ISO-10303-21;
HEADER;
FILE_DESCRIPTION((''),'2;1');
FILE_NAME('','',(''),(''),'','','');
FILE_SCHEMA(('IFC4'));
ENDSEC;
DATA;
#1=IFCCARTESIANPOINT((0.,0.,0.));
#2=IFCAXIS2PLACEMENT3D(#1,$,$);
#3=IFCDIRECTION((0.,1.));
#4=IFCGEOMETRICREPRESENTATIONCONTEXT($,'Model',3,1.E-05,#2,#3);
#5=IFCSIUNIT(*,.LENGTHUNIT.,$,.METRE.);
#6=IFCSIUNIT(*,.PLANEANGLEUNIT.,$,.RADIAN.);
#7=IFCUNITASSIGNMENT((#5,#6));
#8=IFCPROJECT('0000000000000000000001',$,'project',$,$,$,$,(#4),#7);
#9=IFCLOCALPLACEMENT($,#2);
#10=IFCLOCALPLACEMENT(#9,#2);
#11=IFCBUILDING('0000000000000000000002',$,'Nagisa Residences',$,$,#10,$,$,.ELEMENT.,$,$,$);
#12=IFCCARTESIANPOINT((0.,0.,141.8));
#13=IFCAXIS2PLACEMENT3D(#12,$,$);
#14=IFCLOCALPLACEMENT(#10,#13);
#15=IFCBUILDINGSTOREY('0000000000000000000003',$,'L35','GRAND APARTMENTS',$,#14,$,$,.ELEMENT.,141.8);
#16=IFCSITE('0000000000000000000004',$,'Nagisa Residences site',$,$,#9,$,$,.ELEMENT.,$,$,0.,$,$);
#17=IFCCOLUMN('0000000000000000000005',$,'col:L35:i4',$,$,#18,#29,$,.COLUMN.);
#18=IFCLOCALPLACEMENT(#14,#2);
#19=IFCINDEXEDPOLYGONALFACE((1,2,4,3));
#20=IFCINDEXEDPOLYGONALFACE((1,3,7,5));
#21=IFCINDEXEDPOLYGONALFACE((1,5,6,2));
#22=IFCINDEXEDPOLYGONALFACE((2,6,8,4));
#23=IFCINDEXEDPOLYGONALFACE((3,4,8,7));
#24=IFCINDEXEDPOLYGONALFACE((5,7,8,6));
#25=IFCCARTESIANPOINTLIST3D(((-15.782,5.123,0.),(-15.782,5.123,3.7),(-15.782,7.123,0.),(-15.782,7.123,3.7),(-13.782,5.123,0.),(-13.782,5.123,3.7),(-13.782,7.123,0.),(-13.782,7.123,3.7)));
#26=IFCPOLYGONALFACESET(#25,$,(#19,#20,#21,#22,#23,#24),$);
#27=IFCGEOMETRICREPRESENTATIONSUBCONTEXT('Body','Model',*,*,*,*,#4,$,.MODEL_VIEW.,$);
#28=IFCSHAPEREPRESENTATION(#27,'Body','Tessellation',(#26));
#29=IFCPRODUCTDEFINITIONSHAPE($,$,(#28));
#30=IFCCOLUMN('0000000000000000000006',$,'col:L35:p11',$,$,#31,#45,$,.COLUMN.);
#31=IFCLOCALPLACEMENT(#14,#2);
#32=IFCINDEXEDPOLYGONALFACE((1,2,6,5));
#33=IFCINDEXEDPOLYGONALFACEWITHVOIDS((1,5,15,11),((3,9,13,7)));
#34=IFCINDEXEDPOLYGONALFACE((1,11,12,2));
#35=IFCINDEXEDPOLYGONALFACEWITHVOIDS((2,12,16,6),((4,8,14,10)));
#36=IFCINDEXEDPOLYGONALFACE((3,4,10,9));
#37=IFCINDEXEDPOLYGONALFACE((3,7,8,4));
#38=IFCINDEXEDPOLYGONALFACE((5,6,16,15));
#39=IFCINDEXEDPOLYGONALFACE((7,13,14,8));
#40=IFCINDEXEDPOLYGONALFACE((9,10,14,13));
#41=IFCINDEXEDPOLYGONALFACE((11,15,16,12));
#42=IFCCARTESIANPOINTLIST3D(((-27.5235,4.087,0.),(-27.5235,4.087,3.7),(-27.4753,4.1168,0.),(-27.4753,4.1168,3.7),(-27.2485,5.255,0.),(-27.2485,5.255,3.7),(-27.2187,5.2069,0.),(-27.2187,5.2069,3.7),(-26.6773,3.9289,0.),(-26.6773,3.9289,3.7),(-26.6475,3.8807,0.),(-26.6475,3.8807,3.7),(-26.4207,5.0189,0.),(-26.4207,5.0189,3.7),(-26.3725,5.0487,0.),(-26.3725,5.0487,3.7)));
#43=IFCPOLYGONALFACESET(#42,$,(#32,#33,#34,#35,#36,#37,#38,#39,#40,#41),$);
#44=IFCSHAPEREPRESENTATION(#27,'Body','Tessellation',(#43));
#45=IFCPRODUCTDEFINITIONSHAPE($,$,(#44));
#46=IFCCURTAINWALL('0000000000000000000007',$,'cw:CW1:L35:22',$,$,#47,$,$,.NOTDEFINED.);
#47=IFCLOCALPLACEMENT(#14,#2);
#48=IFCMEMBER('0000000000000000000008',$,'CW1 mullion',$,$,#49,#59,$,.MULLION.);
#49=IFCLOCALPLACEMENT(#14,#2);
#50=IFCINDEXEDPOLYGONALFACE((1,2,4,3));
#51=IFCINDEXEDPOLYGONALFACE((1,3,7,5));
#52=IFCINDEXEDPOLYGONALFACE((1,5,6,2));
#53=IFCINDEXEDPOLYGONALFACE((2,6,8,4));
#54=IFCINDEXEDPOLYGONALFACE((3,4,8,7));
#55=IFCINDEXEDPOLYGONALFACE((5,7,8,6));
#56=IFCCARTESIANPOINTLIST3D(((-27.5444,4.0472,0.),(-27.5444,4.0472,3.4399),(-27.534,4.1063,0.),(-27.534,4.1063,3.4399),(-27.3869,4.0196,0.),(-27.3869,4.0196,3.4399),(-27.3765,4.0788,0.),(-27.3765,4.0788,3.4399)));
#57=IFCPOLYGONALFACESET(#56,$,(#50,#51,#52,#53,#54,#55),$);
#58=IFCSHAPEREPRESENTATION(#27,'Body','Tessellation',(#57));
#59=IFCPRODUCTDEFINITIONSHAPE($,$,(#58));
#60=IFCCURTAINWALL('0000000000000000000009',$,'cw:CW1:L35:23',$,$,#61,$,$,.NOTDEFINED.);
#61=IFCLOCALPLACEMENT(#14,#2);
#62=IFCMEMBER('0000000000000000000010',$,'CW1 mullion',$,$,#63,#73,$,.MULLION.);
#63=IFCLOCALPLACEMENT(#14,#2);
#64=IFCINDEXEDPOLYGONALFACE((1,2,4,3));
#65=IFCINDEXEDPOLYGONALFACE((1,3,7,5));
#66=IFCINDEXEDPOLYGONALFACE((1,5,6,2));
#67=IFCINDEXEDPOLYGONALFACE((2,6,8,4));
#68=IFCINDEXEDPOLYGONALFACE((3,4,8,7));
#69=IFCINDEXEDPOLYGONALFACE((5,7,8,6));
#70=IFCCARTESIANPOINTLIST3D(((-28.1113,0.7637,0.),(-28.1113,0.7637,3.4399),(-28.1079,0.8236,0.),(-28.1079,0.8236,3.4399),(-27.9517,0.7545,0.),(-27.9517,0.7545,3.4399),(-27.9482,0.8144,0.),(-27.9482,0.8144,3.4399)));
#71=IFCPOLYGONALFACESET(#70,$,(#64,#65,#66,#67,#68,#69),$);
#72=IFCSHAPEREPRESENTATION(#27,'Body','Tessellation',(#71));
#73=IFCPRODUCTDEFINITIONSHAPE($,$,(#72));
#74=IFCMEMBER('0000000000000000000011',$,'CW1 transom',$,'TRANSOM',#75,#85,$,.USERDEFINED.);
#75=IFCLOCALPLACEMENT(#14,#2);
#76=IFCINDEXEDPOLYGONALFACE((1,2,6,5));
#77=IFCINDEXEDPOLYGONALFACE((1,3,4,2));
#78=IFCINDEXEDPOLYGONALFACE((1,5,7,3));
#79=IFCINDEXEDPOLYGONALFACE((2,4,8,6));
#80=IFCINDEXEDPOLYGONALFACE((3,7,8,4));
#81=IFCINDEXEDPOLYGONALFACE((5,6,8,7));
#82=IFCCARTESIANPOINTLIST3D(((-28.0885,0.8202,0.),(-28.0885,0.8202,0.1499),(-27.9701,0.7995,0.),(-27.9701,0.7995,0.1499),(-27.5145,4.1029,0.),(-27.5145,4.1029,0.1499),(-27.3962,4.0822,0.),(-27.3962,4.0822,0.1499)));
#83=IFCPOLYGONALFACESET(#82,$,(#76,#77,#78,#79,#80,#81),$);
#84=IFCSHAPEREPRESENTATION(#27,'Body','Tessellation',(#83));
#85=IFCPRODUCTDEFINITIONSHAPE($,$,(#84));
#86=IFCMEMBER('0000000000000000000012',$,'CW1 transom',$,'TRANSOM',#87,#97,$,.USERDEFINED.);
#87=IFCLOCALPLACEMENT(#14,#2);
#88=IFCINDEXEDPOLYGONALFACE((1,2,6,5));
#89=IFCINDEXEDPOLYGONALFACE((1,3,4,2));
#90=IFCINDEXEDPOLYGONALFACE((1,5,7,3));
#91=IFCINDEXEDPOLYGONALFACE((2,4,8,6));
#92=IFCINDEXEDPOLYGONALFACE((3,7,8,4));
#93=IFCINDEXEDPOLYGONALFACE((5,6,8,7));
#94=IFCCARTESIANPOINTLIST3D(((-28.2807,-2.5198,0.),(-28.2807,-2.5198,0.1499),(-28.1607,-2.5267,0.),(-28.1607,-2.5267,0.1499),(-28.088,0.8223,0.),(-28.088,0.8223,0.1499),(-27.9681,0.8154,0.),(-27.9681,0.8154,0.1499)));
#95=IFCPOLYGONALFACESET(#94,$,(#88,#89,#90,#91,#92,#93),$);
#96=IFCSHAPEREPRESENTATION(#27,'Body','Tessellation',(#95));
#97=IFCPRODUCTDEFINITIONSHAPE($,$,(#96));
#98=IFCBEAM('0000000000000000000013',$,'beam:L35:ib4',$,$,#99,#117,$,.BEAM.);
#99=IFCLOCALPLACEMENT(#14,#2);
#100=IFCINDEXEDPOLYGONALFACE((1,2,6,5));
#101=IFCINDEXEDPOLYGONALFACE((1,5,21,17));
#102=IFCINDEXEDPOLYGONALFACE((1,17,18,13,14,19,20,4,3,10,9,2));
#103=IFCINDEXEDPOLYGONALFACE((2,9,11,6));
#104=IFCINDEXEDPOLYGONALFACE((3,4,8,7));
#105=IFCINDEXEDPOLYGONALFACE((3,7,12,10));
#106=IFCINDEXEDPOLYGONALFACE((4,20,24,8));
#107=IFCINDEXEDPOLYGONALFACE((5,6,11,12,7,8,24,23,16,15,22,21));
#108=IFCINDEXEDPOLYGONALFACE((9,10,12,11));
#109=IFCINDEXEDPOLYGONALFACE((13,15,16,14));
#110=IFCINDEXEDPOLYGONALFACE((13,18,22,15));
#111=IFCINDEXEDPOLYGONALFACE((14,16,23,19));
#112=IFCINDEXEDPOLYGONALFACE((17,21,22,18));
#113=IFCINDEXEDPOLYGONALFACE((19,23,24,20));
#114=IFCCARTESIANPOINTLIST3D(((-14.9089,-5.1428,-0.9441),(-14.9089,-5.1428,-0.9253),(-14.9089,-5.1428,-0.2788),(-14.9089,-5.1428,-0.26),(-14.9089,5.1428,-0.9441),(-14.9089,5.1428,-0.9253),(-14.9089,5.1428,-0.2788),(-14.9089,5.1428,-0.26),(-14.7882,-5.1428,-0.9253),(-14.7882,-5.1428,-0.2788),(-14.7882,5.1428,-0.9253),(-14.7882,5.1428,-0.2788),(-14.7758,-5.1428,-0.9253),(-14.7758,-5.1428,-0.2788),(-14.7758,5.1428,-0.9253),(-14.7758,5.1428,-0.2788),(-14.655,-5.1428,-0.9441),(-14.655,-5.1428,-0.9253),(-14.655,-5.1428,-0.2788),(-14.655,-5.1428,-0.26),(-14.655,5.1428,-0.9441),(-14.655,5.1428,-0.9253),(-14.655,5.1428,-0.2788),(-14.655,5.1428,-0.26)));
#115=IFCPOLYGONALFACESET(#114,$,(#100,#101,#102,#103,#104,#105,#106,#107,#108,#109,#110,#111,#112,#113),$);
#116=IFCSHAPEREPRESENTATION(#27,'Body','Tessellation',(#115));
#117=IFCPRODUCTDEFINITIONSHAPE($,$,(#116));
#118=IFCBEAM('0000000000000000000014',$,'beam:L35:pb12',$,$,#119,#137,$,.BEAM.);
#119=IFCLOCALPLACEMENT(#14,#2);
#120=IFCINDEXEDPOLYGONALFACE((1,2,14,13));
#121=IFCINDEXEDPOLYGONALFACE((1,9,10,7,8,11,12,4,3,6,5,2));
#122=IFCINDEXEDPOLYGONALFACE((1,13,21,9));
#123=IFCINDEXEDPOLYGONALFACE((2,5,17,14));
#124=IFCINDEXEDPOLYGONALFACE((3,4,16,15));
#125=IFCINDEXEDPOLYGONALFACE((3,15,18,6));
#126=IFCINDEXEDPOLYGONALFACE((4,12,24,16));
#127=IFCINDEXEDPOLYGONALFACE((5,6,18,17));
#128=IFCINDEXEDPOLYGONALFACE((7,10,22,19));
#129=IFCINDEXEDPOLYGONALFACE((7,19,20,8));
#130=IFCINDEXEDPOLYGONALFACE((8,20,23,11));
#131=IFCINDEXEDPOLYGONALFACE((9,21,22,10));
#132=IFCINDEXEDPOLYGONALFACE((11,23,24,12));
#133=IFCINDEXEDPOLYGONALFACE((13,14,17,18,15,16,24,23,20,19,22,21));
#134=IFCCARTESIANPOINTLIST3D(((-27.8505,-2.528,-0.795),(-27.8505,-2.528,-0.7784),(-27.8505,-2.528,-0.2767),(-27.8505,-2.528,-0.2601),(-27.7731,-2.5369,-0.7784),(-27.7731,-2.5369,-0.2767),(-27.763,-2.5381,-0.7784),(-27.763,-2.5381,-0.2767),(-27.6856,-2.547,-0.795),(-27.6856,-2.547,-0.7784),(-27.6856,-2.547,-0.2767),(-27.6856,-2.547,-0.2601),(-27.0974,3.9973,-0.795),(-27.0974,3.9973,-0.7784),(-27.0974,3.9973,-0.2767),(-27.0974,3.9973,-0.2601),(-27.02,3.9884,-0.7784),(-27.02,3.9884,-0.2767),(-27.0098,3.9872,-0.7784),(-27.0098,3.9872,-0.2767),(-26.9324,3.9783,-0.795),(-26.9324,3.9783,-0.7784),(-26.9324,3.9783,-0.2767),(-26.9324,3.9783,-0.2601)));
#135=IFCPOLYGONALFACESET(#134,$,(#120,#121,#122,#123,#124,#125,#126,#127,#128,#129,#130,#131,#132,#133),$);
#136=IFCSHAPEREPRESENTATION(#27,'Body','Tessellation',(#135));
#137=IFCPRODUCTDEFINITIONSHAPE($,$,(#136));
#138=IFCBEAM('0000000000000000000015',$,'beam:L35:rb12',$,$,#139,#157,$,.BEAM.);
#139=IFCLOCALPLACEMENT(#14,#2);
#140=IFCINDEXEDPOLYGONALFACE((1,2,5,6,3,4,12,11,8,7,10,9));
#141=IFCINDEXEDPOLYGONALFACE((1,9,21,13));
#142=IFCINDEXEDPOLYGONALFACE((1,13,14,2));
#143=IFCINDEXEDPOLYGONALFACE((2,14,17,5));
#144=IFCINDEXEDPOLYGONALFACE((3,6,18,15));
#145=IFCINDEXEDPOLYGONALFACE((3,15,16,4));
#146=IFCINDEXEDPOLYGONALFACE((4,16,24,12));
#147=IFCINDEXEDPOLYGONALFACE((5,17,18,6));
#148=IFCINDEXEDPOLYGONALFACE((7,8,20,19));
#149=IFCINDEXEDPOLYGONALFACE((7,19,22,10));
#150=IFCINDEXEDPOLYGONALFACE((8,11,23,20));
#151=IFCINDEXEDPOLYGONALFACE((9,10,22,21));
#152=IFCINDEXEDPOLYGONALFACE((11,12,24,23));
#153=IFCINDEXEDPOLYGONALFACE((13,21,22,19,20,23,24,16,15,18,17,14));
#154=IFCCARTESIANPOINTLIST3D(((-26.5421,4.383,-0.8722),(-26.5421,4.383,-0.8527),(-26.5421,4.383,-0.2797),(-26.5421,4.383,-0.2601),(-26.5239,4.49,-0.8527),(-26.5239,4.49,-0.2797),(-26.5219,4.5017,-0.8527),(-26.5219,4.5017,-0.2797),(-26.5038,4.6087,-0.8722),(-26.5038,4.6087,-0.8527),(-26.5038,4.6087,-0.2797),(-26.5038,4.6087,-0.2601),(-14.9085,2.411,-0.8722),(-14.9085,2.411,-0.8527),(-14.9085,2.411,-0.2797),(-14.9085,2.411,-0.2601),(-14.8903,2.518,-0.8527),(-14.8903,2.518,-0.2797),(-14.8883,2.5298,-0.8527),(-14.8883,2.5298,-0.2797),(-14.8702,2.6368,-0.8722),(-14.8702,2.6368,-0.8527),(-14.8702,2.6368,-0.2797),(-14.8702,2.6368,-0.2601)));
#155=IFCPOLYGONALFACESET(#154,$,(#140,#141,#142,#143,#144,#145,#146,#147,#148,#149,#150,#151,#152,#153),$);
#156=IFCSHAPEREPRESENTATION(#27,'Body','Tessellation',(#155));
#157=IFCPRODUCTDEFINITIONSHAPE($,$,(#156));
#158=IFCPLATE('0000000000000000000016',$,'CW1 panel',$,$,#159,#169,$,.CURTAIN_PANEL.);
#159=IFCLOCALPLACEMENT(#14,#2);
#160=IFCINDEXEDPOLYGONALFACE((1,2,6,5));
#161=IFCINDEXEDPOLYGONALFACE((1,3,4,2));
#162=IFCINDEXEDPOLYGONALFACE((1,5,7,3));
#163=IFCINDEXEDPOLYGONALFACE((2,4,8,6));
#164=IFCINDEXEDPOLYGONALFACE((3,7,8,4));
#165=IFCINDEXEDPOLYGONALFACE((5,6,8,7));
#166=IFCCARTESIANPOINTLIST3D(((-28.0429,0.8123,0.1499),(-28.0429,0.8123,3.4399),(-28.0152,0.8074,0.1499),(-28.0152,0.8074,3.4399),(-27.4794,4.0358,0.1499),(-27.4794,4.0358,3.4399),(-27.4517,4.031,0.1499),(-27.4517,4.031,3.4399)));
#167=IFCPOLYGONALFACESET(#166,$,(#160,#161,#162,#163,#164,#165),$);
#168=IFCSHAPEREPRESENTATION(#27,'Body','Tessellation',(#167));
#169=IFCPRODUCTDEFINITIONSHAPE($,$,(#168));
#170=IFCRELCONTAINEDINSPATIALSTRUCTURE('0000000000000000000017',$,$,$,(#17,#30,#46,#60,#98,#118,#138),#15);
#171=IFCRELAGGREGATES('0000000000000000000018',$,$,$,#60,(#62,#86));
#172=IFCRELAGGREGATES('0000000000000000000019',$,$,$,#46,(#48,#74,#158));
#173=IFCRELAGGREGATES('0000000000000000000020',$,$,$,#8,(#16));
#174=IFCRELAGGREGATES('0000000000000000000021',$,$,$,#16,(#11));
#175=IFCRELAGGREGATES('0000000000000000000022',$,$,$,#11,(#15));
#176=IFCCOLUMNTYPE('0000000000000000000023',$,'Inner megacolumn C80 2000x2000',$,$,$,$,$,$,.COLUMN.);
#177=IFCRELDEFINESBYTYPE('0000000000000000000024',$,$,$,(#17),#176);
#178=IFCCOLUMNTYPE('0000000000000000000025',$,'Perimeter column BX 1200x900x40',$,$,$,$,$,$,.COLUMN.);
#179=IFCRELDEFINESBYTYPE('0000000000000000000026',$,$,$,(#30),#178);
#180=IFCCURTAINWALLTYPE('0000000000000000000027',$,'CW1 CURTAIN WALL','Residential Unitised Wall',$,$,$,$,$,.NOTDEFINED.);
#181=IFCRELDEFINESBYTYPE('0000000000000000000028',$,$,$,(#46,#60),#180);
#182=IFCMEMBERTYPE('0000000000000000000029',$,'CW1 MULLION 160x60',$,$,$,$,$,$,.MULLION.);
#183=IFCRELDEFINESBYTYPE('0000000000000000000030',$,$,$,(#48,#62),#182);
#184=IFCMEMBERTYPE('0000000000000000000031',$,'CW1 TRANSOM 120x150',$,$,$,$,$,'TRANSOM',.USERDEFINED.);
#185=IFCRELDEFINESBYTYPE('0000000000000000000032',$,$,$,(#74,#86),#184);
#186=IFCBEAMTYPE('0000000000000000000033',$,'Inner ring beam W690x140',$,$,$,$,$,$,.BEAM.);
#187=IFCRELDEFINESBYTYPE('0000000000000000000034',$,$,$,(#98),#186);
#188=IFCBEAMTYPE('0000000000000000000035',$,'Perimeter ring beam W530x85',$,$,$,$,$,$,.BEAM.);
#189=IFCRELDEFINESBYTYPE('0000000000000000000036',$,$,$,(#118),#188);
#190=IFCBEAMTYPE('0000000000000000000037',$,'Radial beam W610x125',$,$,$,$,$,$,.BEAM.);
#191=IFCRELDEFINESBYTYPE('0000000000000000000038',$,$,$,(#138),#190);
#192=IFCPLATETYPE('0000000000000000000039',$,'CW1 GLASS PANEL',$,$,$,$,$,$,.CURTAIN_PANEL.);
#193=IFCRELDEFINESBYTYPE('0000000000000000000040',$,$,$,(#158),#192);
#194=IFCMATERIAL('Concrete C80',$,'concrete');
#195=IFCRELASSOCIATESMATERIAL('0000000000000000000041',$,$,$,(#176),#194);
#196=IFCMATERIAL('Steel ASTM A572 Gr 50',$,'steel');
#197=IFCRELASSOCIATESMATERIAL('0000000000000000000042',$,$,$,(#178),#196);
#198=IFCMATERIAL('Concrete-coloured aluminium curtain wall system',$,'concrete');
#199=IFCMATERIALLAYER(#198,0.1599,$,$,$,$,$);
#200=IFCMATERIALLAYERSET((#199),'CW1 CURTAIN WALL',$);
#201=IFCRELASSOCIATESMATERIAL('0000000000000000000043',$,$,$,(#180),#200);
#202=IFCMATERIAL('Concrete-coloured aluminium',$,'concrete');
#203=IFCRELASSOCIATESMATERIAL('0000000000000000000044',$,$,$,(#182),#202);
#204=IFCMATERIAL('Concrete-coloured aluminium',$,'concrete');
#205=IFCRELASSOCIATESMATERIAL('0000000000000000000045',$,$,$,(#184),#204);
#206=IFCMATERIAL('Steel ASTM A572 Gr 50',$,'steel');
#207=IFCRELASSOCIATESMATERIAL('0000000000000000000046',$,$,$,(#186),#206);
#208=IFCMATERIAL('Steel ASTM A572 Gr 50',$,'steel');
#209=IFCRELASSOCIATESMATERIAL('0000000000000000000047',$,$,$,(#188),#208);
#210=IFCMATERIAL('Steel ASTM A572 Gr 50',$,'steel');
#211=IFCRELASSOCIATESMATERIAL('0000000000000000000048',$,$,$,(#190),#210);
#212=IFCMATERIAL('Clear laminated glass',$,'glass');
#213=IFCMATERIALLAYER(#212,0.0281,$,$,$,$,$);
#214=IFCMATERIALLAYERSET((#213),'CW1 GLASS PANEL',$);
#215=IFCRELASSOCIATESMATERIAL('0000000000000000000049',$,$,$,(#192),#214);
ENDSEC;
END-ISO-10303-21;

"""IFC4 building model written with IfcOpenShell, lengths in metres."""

from ifc_helpers import new_model, si_unit, direction, frame, origin, origin_2d, place, context, subcontext, project, spatial, rectangle, hollow_rectangle, i_section, extrude, material, layer, layer_set, material_profile, profile_set, type_object, element, aggregate, save


model = new_model("IFC4")

# Units and contexts
model_context = context("Model", 3, precision=1e-05, world=origin(), true_north=direction((0.0, 1.0)))
body_context = subcontext(model_context, "Body", "Model", "MODEL_VIEW")
ifc_project = project(units=[si_unit("LENGTHUNIT", "METRE"), si_unit("PLANEANGLEUNIT", "RADIAN")], contexts=[model_context])

# Site, building, storey
site_placement = place(None, origin())
site = spatial("IfcSite", under=ifc_project, at=site_placement, Name="Nagisa Residences site", CompositionType="ELEMENT", RefElevation=0.0)
building_placement = place(site_placement, origin())
building = spatial("IfcBuilding", under=site, at=building_placement, Name="Nagisa Residences", CompositionType="ELEMENT")
storey_placement = place(building_placement, frame((0.0, 0.0, 141.8)))
storey = spatial("IfcBuildingStorey", under=building, at=storey_placement, Name="L35", Description="GRAND APARTMENTS", CompositionType="ELEMENT", Elevation=141.8)

# Columns
ifc_material_1 = material(Name="Concrete C80", Category="concrete")
ifc_material_profile_1 = material_profile(ifc_material_1, rectangle(XDim=2.0, YDim=2.0, at=origin_2d()), Name="C80 2000x2000")
ifc_profile_set_1 = profile_set([ifc_material_profile_1], Name="Concrete C80")
column_type_1 = type_object("IfcColumnType", Name="Inner megacolumn C80 2000x2000", PredefinedType="COLUMN", material=ifc_profile_set_1)
column_1_placement = place(storey_placement, frame((-14.782, 6.123, 0.0), z_axis=(0.0, 0.0, 1.0), x_axis=(1.0, 0.0, 0.0)))
element("IfcColumn", 1, at=column_1_placement, inside=storey, type_object=column_type_1, Name="col:L35:i4", PredefinedType="COLUMN", context=body_context, shape_type="SweptSolid", body=[
    extrude(rectangle(XDim=2.0, YDim=2.0, at=origin_2d()), origin(), (0.0, 0.0, 1.0), 3.7),
])
ifc_material_2 = material(Name="Steel ASTM A572 Gr 50", Category="steel")
ifc_material_profile_2 = material_profile(ifc_material_2, hollow_rectangle(XDim=1.2, YDim=0.8999, WallThickness=0.04, at=origin_2d()), Name="BX 1200x900x40")
ifc_profile_set_2 = profile_set([ifc_material_profile_2], Name="Steel ASTM A572 Gr 50")
column_type_2 = type_object("IfcColumnType", Name="Perimeter column BX 1200x900x40", PredefinedType="COLUMN", material=ifc_profile_set_2)
column_2_placement = place(storey_placement, frame((-26.948, 4.5679, 0.0), z_axis=(0.0, 0.0, 1.0), x_axis=(-0.229202, -0.973379, 0.0)))
element("IfcColumn", 2, at=column_2_placement, inside=storey, type_object=column_type_2, Name="col:L35:p11", PredefinedType="COLUMN", context=body_context, shape_type="SweptSolid", body=[
    extrude(hollow_rectangle(XDim=1.2, YDim=0.8999, WallThickness=0.04, at=origin_2d()), origin(), (0.0, 0.0, 1.0), 3.7),
])

# Curtain walls, members
ifc_material_3 = material(Name="Concrete-coloured aluminium curtain wall system", Category="concrete")
ifc_layer_1 = layer(ifc_material_3, 0.1599)
ifc_layer_set_1 = layer_set([ifc_layer_1], Name="CW1 CURTAIN WALL")
curtain_wall_type = type_object("IfcCurtainWallType", Name="CW1 CURTAIN WALL", Description="Residential Unitised Wall", PredefinedType="NOTDEFINED", material=ifc_layer_set_1)
curtain_wall_1_placement = place(storey_placement, origin())
curtain_wall_1 = element("IfcCurtainWall", 3, at=curtain_wall_1_placement, inside=storey, type_object=curtain_wall_type, Name="cw:CW1:L35:22", PredefinedType="NOTDEFINED")
ifc_material_4 = material(Name="Concrete-coloured aluminium", Category="concrete")
ifc_material_profile_3 = material_profile(ifc_material_4, rectangle(XDim=0.1599, YDim=0.0601, at=origin_2d()), Name="CW1 MULLION 160x60")
ifc_profile_set_3 = profile_set([ifc_material_profile_3], Name="Concrete-coloured aluminium")
member_type_1 = type_object("IfcMemberType", Name="CW1 MULLION 160x60", PredefinedType="MULLION", material=ifc_profile_set_3)
member_1_placement = place(storey_placement, frame((-27.4604, 4.063, 0.0), z_axis=(0.0, 0.0, 1.0), x_axis=(0.985064, -0.172191, 0.0)))
member_1 = element("IfcMember", 4, at=member_1_placement, type_object=member_type_1, Name="CW1 mullion", PredefinedType="MULLION", context=body_context, shape_type="SweptSolid", body=[
    extrude(rectangle(XDim=0.1599, YDim=0.0601, at=origin_2d()), origin(), (0.0, 0.0, 1.0), 3.4399),
])
curtain_wall_2_placement = place(storey_placement, origin())
curtain_wall_2 = element("IfcCurtainWall", 5, at=curtain_wall_2_placement, inside=storey, type_object=curtain_wall_type, Name="cw:CW1:L35:23", PredefinedType="NOTDEFINED")
member_2_placement = place(storey_placement, frame((-28.0298, 0.7891, 0.0), z_axis=(0.0, 0.0, 1.0), x_axis=(0.998345, -0.057503, 0.0)))
member_2 = element("IfcMember", 6, at=member_2_placement, type_object=member_type_1, Name="CW1 mullion", PredefinedType="MULLION", context=body_context, shape_type="SweptSolid", body=[
    extrude(rectangle(XDim=0.1599, YDim=0.0601, at=origin_2d()), origin(), (0.0, 0.0, 1.0), 3.4399),
])

# Members
ifc_material_5 = material(Name="Concrete-coloured aluminium", Category="concrete")
ifc_material_profile_4 = material_profile(ifc_material_5, rectangle(XDim=0.1201, YDim=0.1499, at=origin_2d()), Name="CW1 TRANSOM 120x150")
ifc_profile_set_4 = profile_set([ifc_material_profile_4], Name="Concrete-coloured aluminium")
member_type_2 = type_object("IfcMemberType", Name="CW1 TRANSOM 120x150", ElementType="TRANSOM", PredefinedType="USERDEFINED", material=ifc_profile_set_4)
member_3_placement = place(storey_placement, frame((-27.4553, 4.0925, 0.075), z_axis=(-0.172235, -0.985056, 0.0), x_axis=(0.985056, -0.172235, 0.0)))
member_3 = element("IfcMember", 7, at=member_3_placement, type_object=member_type_2, Name="CW1 transom", ObjectType="TRANSOM", PredefinedType="USERDEFINED", context=body_context, shape_type="SweptSolid", body=[
    extrude(rectangle(XDim=0.1201, YDim=0.1499, at=origin_2d()), origin(), (0.0, 0.0, 1.0), 3.3325),
])
member_4_placement = place(storey_placement, frame((-28.0281, 0.8188, 0.075), z_axis=(-0.057542, -0.998343, 0.0), x_axis=(0.998343, -0.057542, 0.0)))
member_4 = element("IfcMember", 8, at=member_4_placement, type_object=member_type_2, Name="CW1 transom", ObjectType="TRANSOM", PredefinedType="USERDEFINED", context=body_context, shape_type="SweptSolid", body=[
    extrude(rectangle(XDim=0.1201, YDim=0.1499, at=origin_2d()), origin(), (0.0, 0.0, 1.0), 3.3477),
])
aggregate(curtain_wall_2, [member_2, member_4])

# Beams
ifc_material_6 = material(Name="Steel ASTM A572 Gr 50", Category="steel")
ifc_material_profile_5 = material_profile(ifc_material_6, i_section(OverallWidth=0.2539, OverallDepth=0.6841, WebThickness=0.0125, FlangeThickness=0.0188, at=origin_2d()), Name="W690x140")
ifc_profile_set_5 = profile_set([ifc_material_profile_5], Name="Steel ASTM A572 Gr 50")
beam_type_1 = type_object("IfcBeamType", Name="Inner ring beam W690x140", PredefinedType="BEAM", material=ifc_profile_set_5)
beam_1_placement = place(storey_placement, frame((-14.782, 5.1428, -0.6021), z_axis=(0.0, -1.0, 0.0), x_axis=(1.0, 0.0, 0.0)))
element("IfcBeam", 9, at=beam_1_placement, inside=storey, type_object=beam_type_1, Name="beam:L35:ib4", PredefinedType="BEAM", context=body_context, shape_type="SweptSolid", body=[
    extrude(i_section(OverallWidth=0.2539, OverallDepth=0.6841, WebThickness=0.0125, FlangeThickness=0.0188, at=origin_2d()), origin(), (0.0, 0.0, 1.0), 10.2856),
])
ifc_material_7 = material(Name="Steel ASTM A572 Gr 50", Category="steel")
ifc_material_profile_6 = material_profile(ifc_material_7, i_section(OverallWidth=0.166, OverallDepth=0.5349, WebThickness=0.0103, FlangeThickness=0.0166, at=origin_2d()), Name="W530x85")
ifc_profile_set_6 = profile_set([ifc_material_profile_6], Name="Steel ASTM A572 Gr 50")
beam_type_2 = type_object("IfcBeamType", Name="Perimeter ring beam W530x85", PredefinedType="BEAM", material=ifc_profile_set_6)
beam_2_placement = place(storey_placement, frame((-27.0149, 3.9878, -0.5276), z_axis=(-0.114661, -0.993405, 0.0), x_axis=(0.993405, -0.114661, 0.0)))
element("IfcBeam", 10, at=beam_2_placement, inside=storey, type_object=beam_type_2, Name="beam:L35:pb12", PredefinedType="BEAM", context=body_context, shape_type="SweptSolid", body=[
    extrude(i_section(OverallWidth=0.166, OverallDepth=0.5349, WebThickness=0.0103, FlangeThickness=0.0166, at=origin_2d()), origin(), (0.0, 0.0, 1.0), 6.5686),
])
ifc_material_8 = material(Name="Steel ASTM A572 Gr 50", Category="steel")
ifc_material_profile_7 = material_profile(ifc_material_8, i_section(OverallWidth=0.229, OverallDepth=0.6121, WebThickness=0.012, FlangeThickness=0.0195, at=origin_2d()), Name="W610x125")
ifc_profile_set_7 = profile_set([ifc_material_profile_7], Name="Steel ASTM A572 Gr 50")
beam_type_3 = type_object("IfcBeamType", Name="Radial beam W610x125", PredefinedType="BEAM", material=ifc_profile_set_7)
beam_3_placement = place(storey_placement, frame((-26.5229, 4.4958, -0.5662), z_axis=(0.985937, -0.167119, 0.0), x_axis=(0.167119, 0.985937, 0.0)))
element("IfcBeam", 11, at=beam_3_placement, inside=storey, type_object=beam_type_3, Name="beam:L35:rb12", PredefinedType="BEAM", context=body_context, shape_type="SweptSolid", body=[
    extrude(i_section(OverallWidth=0.229, OverallDepth=0.6121, WebThickness=0.012, FlangeThickness=0.0195, at=origin_2d()), origin(), (0.0, 0.0, 1.0), 11.7996),
])

# Plate
ifc_material_9 = material(Name="Clear laminated glass", Category="glass")
ifc_layer_2 = layer(ifc_material_9, 0.0281)
ifc_layer_set_2 = layer_set([ifc_layer_2], Name="CW1 GLASS PANEL")
plate_type = type_object("IfcPlateType", Name="CW1 GLASS PANEL", PredefinedType="CURTAIN_PANEL", material=ifc_layer_set_2)
plate_placement = place(storey_placement, frame((-27.7473, 2.4216, 0.1499), z_axis=(0.0, 0.0, 1.0), x_axis=(-0.172191, -0.985064, 0.0)))
plate = element("IfcPlate", 12, at=plate_placement, type_object=plate_type, Name="CW1 panel", PredefinedType="CURTAIN_PANEL", context=body_context, shape_type="SweptSolid", body=[
    extrude(rectangle(XDim=3.2725, YDim=0.0281, at=origin_2d()), origin(), (0.0, 0.0, 1.0), 3.29),
])
aggregate(curtain_wall_1, [member_1, member_3, plate])

save(model, "model.ifc")
